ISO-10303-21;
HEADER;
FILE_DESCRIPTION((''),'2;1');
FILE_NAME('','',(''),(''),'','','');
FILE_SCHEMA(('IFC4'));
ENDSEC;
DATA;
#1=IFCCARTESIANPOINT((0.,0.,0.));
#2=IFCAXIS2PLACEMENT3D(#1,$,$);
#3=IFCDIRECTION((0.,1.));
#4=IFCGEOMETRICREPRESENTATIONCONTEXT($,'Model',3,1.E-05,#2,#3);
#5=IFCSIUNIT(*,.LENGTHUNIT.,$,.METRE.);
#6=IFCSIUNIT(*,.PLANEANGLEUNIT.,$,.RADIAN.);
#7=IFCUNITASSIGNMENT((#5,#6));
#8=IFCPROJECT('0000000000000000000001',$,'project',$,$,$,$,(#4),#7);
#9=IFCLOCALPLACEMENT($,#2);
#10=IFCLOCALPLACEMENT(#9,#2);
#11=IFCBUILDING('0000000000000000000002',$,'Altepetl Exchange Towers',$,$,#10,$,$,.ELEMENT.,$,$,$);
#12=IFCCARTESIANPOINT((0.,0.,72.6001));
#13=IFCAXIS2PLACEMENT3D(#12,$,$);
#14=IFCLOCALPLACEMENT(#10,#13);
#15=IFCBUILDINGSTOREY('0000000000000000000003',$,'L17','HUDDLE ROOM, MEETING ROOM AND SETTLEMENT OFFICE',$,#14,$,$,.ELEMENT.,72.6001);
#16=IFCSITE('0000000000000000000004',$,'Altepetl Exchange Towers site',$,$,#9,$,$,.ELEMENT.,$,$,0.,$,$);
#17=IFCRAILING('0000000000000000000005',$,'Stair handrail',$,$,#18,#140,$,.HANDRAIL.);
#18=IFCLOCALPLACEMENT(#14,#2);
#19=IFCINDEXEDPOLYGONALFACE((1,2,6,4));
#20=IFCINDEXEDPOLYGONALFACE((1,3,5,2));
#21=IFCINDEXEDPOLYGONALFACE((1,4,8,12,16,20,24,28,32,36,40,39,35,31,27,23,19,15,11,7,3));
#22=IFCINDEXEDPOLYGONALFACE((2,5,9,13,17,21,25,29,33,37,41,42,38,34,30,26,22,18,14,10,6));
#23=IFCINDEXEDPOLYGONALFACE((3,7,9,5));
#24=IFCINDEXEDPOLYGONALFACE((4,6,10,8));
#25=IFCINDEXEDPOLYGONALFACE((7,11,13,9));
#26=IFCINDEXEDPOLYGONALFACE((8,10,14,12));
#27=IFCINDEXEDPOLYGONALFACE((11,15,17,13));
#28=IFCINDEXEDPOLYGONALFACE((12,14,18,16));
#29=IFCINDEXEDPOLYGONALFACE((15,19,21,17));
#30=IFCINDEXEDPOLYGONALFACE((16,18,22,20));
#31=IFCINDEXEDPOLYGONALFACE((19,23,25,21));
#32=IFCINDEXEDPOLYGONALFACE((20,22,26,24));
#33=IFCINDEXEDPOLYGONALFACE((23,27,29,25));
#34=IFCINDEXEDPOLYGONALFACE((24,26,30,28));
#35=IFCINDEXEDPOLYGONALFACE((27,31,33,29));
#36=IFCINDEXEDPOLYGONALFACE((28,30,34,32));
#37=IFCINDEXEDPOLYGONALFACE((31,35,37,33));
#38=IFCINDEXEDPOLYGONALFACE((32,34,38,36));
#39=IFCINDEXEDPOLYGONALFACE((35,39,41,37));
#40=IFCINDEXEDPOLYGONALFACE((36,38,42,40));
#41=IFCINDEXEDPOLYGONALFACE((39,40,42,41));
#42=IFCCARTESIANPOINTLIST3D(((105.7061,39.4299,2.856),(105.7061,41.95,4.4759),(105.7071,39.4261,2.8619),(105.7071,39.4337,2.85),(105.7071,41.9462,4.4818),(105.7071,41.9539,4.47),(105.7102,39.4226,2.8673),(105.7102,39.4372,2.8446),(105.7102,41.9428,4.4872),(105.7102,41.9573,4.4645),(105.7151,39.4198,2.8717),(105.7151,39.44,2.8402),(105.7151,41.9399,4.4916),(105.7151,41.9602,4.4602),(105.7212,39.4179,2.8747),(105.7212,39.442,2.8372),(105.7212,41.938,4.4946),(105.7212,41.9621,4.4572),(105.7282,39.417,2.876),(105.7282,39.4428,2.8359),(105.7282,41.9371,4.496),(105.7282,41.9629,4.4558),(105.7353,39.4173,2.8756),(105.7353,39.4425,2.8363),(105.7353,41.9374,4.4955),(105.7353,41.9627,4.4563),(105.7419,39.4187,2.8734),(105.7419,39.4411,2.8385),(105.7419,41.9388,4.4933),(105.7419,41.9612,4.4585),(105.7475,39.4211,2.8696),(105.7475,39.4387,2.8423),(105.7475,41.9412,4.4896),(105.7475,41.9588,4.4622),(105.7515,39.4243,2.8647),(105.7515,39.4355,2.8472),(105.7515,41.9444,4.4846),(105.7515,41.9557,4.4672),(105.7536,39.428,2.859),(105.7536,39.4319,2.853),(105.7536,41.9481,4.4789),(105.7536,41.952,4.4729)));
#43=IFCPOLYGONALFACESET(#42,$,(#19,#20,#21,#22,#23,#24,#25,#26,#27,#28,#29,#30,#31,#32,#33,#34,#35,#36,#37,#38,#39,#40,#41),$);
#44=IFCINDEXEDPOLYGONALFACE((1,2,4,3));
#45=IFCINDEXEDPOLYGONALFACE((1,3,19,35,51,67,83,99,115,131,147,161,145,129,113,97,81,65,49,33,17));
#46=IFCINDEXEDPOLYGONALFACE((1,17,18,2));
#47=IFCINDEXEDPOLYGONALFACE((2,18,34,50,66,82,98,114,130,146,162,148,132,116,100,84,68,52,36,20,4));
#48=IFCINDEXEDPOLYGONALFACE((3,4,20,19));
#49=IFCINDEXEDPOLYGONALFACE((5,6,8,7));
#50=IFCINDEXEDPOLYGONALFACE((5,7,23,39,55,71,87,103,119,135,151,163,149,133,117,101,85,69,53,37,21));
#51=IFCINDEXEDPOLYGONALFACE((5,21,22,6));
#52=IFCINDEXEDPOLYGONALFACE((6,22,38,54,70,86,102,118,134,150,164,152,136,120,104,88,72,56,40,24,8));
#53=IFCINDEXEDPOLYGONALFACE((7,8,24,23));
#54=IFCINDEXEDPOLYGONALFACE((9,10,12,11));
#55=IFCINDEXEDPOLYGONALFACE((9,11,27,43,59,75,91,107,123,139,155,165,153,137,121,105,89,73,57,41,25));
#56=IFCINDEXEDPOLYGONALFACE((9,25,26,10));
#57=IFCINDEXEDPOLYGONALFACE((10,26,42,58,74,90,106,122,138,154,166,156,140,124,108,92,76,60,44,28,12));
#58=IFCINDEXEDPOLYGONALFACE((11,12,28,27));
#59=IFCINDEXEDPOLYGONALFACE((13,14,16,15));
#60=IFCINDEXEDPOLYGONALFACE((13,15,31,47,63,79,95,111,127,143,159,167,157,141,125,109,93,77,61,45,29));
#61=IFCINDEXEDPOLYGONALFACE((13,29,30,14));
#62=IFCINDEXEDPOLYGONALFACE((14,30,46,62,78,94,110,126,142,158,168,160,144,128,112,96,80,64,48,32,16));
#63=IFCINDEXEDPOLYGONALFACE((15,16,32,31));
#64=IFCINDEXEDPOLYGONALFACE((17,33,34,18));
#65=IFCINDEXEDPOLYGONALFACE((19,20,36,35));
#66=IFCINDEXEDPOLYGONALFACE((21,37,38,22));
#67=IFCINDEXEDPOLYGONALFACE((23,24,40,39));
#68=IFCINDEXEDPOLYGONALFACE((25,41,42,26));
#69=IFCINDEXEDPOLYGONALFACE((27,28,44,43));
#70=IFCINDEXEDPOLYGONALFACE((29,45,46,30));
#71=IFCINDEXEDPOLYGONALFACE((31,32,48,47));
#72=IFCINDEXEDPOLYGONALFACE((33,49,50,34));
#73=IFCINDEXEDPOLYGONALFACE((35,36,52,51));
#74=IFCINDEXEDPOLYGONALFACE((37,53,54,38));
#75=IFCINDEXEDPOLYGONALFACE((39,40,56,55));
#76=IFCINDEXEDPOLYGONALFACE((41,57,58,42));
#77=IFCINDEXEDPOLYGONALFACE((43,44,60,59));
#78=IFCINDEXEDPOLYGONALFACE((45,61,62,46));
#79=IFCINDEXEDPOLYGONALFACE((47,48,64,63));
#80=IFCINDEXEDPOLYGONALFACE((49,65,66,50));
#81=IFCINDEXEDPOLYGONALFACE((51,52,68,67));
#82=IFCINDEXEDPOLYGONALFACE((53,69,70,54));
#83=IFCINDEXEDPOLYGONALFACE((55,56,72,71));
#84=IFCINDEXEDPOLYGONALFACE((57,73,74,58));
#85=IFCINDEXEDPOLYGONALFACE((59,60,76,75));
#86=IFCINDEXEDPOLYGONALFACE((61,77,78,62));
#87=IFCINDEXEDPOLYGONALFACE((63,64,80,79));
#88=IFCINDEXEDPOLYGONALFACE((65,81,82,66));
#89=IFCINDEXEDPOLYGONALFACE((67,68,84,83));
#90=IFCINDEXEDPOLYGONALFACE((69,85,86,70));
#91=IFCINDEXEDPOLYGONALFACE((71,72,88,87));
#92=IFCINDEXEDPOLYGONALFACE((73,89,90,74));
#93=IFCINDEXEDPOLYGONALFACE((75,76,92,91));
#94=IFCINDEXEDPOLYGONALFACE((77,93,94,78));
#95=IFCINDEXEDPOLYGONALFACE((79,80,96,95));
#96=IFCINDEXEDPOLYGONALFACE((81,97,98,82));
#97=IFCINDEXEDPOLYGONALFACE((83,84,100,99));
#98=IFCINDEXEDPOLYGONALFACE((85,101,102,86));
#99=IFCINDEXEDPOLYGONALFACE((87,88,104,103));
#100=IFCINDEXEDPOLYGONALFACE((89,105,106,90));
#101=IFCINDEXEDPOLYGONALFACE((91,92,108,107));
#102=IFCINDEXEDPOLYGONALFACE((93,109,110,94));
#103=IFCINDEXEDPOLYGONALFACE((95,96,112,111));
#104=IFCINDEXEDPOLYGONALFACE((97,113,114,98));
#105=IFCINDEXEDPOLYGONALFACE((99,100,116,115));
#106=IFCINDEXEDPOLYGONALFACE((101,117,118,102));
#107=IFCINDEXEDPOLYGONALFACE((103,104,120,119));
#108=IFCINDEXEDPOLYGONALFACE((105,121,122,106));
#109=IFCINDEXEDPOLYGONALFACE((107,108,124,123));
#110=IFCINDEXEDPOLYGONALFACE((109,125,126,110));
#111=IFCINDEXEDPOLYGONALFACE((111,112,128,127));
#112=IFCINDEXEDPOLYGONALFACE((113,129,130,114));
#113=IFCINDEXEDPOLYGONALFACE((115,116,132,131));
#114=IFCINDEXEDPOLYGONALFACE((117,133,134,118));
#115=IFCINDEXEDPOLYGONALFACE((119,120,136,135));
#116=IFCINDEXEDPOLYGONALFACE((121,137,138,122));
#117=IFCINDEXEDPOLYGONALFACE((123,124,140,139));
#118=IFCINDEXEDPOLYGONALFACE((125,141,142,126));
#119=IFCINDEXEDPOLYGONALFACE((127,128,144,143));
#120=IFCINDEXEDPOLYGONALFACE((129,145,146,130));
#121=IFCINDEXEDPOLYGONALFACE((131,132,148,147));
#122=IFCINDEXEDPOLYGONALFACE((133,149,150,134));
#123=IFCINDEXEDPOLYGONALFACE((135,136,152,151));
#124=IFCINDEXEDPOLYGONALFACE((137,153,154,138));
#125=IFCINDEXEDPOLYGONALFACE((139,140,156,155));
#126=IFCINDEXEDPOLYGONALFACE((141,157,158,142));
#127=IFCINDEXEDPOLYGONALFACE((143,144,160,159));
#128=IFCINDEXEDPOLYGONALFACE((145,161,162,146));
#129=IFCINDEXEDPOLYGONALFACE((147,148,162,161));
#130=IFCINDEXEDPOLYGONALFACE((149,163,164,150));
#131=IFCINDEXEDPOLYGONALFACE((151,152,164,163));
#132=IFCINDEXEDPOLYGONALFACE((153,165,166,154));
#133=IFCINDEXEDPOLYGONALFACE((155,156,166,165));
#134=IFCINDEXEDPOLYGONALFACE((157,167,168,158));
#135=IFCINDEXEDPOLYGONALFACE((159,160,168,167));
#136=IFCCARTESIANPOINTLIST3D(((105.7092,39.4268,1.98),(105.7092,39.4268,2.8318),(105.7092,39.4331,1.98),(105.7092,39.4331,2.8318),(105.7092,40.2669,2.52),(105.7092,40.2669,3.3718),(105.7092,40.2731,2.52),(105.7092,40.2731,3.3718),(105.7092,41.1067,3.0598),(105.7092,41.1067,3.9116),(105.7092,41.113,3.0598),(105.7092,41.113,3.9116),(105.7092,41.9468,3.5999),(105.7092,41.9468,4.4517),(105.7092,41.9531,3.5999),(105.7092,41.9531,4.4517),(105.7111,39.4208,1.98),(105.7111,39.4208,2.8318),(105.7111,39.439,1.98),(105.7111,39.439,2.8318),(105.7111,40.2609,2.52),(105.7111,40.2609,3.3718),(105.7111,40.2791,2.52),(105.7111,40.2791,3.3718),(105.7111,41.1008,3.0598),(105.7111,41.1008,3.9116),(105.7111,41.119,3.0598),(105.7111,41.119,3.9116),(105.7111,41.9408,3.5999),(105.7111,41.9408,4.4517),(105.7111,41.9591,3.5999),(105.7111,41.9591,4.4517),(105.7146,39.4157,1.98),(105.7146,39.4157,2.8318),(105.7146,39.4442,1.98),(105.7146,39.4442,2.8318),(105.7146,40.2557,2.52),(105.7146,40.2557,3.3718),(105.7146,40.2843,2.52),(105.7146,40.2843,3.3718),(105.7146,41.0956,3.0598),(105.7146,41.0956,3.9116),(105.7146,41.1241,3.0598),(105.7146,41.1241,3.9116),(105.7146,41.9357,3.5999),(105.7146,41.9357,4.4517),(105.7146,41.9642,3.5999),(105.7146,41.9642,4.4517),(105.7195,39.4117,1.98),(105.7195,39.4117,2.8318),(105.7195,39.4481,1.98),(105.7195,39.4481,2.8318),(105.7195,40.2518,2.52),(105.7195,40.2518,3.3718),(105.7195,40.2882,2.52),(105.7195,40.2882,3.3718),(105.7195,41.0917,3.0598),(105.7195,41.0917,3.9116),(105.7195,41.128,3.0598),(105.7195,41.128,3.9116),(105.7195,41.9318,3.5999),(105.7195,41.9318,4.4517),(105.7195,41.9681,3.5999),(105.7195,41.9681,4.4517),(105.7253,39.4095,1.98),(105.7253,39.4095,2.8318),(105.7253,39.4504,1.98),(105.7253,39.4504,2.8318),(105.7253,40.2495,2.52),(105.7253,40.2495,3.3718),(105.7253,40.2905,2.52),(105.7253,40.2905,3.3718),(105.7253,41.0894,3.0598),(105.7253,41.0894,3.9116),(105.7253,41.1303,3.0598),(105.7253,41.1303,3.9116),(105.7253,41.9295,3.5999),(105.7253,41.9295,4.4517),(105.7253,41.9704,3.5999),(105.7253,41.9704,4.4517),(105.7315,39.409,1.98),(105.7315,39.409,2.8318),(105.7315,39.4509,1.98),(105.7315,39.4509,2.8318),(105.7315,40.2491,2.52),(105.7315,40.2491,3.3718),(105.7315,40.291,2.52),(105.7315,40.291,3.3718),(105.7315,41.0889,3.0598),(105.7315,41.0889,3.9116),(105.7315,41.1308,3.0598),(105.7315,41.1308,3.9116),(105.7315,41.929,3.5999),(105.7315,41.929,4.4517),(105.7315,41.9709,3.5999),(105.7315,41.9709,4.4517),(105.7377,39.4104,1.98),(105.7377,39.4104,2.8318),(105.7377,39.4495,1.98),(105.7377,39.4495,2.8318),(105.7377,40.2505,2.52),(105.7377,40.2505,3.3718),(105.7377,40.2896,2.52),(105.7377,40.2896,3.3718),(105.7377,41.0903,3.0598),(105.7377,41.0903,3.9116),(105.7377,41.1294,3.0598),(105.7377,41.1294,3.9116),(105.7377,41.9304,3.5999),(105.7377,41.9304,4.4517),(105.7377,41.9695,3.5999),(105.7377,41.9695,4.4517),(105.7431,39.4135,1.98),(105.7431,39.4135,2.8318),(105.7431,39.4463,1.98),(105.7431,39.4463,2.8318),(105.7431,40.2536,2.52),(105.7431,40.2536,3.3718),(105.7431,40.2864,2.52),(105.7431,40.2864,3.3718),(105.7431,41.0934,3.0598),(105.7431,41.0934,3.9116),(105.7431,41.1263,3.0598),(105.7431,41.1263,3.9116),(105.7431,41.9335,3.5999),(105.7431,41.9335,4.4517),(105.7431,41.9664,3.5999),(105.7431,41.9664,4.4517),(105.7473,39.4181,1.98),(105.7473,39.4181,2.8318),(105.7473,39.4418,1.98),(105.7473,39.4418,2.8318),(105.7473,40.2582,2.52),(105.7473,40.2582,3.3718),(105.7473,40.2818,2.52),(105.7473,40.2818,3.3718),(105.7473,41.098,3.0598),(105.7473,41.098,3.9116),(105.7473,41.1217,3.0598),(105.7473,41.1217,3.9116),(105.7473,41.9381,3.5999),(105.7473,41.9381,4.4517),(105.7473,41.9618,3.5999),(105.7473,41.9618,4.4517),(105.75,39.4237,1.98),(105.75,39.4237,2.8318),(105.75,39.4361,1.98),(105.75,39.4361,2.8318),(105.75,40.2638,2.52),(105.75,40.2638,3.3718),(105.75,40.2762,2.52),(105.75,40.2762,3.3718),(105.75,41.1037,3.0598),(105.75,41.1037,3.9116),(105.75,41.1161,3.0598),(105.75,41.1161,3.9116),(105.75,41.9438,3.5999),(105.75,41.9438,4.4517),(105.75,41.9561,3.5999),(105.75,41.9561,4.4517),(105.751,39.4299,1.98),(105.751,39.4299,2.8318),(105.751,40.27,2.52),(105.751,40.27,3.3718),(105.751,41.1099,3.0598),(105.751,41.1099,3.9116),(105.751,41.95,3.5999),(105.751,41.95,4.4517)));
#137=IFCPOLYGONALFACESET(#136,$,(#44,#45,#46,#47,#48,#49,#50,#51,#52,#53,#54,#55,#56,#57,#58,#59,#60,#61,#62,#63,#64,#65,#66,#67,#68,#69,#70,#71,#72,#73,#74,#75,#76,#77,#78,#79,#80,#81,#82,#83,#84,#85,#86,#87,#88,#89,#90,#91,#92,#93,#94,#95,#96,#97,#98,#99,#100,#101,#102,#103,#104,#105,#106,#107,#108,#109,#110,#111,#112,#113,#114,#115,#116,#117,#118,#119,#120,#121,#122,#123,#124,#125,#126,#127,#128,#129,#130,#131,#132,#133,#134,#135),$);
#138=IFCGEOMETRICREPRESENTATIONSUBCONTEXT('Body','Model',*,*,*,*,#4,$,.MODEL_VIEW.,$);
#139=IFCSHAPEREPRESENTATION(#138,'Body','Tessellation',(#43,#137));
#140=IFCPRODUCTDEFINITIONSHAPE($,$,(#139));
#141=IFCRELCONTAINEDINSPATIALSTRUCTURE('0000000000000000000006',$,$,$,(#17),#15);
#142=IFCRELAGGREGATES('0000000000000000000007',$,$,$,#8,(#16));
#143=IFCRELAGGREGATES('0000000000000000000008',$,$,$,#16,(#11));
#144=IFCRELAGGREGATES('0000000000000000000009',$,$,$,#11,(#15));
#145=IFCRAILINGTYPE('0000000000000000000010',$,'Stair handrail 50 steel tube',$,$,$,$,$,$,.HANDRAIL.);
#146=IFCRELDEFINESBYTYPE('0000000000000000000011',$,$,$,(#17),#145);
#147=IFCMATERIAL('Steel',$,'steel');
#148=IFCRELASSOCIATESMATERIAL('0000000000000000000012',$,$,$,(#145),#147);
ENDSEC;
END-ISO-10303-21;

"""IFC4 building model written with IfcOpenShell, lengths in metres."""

from ifc_helpers import new_model, si_unit, direction, frame, origin, origin_2d, place, context, subcontext, project, spatial, circle, extrude, source, transform, mapped, material, type_object, element, save


model = new_model("IFC4")

# Units and contexts
model_context = context("Model", 3, precision=1e-05, world=origin(), true_north=direction((0.0, 1.0)))
body_context = subcontext(model_context, "Body", "Model", "MODEL_VIEW")
ifc_project = project(units=[si_unit("LENGTHUNIT", "METRE"), si_unit("PLANEANGLEUNIT", "RADIAN")], contexts=[model_context])

# Site, building, storey
site_placement = place(None, origin())
site = spatial("IfcSite", under=ifc_project, at=site_placement, Name="Altepetl Exchange Towers site", CompositionType="ELEMENT", RefElevation=0.0)
building_placement = place(site_placement, origin())
building = spatial("IfcBuilding", under=site, at=building_placement, Name="Altepetl Exchange Towers", CompositionType="ELEMENT")
storey_placement = place(building_placement, frame((0.0, 0.0, 72.6001)))
storey = spatial("IfcBuildingStorey", under=building, at=storey_placement, Name="L17", Description="HUDDLE ROOM, MEETING ROOM AND SETTLEMENT OFFICE", CompositionType="ELEMENT", Elevation=72.6001)

# Railing
ifc_material_1 = material(Name="Steel", Category="steel")
railing_type = type_object("IfcRailingType", Name="Stair handrail 50 steel tube", PredefinedType="HANDRAIL", material=ifc_material_1)
shared_shape = source(origin(), body_context, "Body", "SweptSolid", [
    extrude(circle(Radius=0.021, at=origin_2d()), origin(), (0.0, 0.0, 1.0), 0.8518),
])
railing_placement = place(storey_placement, frame((105.73, 39.4299, 1.98)))
element("IfcRailing", 1, at=railing_placement, inside=storey, type_object=railing_type, Name="Stair handrail", PredefinedType="HANDRAIL", context=body_context, shape_type="SweptSolid", body=[
    extrude(circle(Radius=0.0239, at=origin_2d()), frame((0.0, 0.0, 0.876), z_axis=(0.0, 0.8412, 0.540725), x_axis=(-1.0, 0.0, 0.0)), (0.0, 0.0, 1.0), 2.9958),
    mapped(shared_shape, transform((0.0, 0.0, 0.0))),
    mapped(shared_shape, transform((0.0, 0.8401, 0.54))),
    mapped(shared_shape, transform((0.0, 1.6799, 1.0798))),
    mapped(shared_shape, transform((0.0, 2.52, 1.6199))),
])

save(model, "model.ifc")
